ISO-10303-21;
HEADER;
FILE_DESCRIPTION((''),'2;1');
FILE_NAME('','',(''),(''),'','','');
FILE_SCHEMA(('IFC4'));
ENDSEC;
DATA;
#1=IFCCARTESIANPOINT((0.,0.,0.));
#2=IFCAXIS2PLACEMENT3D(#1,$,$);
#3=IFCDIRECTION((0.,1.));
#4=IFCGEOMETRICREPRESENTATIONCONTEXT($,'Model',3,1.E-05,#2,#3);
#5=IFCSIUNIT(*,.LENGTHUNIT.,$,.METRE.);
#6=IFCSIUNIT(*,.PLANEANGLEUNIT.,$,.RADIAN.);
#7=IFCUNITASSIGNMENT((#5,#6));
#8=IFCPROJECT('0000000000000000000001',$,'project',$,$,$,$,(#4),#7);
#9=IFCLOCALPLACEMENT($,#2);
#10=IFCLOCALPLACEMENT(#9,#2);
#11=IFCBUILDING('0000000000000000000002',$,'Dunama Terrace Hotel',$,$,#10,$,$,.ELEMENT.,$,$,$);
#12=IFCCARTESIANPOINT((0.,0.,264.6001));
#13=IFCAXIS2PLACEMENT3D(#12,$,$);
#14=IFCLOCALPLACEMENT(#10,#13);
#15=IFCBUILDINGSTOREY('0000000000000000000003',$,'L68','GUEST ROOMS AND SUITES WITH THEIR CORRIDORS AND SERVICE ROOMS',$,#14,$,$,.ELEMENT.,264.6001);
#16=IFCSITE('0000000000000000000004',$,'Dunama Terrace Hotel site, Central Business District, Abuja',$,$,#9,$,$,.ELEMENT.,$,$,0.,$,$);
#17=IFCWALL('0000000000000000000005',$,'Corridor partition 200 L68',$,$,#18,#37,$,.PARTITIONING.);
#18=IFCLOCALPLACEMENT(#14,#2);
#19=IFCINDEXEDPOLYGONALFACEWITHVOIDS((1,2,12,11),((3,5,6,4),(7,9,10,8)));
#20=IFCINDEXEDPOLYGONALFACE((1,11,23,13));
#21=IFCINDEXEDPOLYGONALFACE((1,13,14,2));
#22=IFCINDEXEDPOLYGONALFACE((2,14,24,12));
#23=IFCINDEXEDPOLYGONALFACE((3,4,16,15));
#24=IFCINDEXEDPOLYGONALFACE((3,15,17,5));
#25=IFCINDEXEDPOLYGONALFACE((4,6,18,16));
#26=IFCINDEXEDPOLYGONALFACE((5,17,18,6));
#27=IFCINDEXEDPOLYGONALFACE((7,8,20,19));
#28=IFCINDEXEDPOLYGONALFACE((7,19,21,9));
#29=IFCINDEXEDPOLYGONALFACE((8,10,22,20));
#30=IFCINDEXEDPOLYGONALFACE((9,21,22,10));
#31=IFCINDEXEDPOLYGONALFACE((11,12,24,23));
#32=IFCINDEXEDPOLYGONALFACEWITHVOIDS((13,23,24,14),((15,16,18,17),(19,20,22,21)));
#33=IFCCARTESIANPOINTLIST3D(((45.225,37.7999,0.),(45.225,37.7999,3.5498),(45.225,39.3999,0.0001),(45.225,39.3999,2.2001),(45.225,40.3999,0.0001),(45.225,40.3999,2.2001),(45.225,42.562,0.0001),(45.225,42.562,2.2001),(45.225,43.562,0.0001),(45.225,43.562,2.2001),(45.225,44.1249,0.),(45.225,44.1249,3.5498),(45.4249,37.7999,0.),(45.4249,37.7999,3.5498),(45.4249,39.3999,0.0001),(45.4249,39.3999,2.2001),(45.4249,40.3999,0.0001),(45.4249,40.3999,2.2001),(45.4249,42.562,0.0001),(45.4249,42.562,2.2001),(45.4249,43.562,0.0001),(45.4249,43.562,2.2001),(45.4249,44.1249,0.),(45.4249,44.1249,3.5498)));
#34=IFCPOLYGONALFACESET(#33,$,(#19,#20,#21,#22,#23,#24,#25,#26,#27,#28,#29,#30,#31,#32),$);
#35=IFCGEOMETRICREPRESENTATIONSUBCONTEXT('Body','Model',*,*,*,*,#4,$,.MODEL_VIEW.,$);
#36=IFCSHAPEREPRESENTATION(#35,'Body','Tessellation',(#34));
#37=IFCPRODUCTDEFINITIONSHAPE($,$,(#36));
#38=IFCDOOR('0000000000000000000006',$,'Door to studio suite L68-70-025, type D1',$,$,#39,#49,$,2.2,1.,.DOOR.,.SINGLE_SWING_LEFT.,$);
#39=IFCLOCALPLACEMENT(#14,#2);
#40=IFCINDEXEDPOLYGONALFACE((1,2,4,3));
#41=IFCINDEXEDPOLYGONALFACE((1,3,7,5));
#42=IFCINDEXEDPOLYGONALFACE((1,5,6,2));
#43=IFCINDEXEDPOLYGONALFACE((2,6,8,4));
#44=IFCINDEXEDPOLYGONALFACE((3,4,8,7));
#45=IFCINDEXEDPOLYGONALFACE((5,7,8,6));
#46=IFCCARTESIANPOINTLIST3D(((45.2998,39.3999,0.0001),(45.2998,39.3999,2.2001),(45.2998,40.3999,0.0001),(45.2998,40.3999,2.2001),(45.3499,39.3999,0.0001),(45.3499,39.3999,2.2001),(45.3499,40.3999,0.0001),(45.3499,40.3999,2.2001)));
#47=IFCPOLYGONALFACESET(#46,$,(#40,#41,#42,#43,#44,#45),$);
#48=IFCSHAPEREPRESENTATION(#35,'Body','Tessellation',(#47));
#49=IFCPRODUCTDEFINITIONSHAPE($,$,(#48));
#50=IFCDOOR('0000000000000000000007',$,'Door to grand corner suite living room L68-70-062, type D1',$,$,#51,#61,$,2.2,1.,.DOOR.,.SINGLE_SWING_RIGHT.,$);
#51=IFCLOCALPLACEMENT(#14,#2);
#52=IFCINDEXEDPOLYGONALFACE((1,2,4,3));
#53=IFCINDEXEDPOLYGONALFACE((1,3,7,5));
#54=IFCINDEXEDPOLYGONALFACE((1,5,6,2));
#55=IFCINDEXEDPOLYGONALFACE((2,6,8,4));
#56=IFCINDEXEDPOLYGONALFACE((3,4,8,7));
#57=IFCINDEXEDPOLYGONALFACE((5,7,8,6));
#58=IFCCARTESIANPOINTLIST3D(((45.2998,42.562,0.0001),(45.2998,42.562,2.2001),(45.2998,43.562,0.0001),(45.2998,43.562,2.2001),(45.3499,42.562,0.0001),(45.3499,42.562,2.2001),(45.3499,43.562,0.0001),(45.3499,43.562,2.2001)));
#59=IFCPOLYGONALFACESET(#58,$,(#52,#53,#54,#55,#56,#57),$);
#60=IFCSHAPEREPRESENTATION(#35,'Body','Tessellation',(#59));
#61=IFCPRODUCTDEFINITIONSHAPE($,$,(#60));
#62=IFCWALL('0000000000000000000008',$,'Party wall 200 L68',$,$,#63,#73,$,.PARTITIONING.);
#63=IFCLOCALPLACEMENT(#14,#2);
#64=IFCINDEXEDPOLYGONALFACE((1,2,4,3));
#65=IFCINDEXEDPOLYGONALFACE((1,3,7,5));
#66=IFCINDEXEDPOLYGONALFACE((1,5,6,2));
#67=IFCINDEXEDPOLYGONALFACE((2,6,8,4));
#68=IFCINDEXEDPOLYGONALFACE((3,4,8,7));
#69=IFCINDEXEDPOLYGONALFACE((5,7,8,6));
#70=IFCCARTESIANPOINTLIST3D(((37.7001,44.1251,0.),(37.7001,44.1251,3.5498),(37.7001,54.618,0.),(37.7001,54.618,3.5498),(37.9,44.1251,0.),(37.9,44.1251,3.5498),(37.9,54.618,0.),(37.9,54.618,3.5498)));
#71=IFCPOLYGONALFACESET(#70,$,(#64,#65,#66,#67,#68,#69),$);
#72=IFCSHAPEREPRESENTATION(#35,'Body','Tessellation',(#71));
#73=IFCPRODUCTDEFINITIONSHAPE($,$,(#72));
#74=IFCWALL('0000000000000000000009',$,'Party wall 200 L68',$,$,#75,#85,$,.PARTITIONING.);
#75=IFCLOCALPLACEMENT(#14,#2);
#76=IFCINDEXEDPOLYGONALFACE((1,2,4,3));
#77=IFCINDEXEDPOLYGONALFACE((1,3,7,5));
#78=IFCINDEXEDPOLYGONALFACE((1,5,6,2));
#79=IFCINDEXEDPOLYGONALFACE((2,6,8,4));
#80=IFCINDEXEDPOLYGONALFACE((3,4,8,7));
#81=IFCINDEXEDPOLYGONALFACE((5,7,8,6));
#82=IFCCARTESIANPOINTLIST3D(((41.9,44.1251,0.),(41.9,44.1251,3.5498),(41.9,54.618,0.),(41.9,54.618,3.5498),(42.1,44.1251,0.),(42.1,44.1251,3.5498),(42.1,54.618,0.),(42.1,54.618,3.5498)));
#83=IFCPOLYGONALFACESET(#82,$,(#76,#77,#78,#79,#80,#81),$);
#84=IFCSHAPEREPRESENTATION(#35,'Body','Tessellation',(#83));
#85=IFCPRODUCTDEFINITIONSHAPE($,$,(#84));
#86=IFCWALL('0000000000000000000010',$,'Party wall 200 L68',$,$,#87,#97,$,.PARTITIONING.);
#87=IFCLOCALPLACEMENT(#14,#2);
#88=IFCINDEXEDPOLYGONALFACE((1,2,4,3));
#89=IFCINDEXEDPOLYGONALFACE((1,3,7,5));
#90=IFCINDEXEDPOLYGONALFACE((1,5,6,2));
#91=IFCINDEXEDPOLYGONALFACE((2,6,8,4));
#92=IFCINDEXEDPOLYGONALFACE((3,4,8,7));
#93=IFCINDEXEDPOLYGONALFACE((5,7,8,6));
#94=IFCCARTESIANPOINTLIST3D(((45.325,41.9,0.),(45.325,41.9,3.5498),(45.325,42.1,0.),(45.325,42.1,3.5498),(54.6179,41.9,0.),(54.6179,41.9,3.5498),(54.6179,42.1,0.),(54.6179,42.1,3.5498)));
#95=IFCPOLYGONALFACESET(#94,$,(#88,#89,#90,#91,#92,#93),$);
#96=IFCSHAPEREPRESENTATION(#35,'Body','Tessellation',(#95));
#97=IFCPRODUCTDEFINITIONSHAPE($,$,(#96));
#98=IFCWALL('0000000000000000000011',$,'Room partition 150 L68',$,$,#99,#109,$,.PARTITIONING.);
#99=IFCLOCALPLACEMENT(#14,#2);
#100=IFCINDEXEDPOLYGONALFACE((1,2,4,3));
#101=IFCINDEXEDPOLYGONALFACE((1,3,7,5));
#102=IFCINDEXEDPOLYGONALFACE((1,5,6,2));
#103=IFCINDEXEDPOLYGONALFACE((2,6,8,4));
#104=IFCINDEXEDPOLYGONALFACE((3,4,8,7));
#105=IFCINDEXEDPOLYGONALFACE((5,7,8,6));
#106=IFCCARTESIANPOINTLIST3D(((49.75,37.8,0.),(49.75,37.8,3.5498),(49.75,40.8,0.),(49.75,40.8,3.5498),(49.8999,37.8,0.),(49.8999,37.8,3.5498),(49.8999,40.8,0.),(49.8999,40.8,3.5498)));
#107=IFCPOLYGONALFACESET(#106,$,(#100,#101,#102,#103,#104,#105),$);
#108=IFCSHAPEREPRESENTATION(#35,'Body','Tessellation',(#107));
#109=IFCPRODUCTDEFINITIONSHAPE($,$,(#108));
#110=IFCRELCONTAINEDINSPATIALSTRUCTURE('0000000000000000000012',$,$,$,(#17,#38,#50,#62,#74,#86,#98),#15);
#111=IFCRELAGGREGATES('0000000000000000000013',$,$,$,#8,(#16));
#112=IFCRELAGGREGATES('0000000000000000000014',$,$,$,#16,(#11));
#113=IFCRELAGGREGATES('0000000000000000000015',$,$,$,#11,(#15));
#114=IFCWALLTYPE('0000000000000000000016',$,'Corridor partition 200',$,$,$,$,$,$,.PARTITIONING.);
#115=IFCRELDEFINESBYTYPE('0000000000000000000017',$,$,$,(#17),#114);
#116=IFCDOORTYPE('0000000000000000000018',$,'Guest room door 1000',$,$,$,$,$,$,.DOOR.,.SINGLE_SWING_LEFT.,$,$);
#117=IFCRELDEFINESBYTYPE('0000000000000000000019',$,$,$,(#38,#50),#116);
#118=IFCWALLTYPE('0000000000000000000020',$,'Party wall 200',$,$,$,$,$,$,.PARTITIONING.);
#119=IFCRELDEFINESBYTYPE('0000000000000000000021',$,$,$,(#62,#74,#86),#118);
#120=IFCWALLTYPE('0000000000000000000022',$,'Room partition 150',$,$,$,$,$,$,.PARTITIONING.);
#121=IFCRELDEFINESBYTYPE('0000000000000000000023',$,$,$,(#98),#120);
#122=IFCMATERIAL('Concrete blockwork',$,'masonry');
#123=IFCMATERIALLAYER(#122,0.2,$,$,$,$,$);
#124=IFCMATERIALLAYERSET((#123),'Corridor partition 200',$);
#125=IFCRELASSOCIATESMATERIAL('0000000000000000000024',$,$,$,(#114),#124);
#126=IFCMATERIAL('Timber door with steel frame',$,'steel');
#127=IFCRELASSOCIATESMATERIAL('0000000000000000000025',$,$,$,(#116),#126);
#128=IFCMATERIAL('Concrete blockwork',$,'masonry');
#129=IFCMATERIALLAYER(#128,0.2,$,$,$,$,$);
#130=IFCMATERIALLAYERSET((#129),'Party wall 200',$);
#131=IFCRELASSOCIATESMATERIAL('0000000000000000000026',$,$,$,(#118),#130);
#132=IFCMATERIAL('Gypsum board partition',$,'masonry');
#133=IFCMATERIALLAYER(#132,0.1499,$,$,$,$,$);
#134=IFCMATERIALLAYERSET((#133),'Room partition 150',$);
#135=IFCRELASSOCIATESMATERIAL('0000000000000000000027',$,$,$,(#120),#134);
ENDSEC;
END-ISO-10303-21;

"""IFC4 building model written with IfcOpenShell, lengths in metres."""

from ifc_helpers import new_model, si_unit, direction, frame, frame_2d, origin, place, context, subcontext, project, spatial, rectangle, extrude, material, layer, layer_set, type_object, element, fill, save


model = new_model("IFC4")

# Units and contexts
model_context = context("Model", 3, precision=1e-05, world=origin(), true_north=direction((0.0, 1.0)))
body_context = subcontext(model_context, "Body", "Model", "MODEL_VIEW")
ifc_project = project(units=[si_unit("LENGTHUNIT", "METRE"), si_unit("PLANEANGLEUNIT", "RADIAN")], contexts=[model_context])

# Site, building, storey
site_placement = place(None, origin())
site = spatial("IfcSite", under=ifc_project, at=site_placement, Name="Dunama Terrace Hotel site, Central Business District, Abuja", CompositionType="ELEMENT", RefElevation=0.0)
building_placement = place(site_placement, origin())
building = spatial("IfcBuilding", under=site, at=building_placement, Name="Dunama Terrace Hotel", CompositionType="ELEMENT")
storey_placement = place(building_placement, frame((0.0, 0.0, 264.6001)))
storey = spatial("IfcBuildingStorey", under=building, at=storey_placement, Name="L68", Description="GUEST ROOMS AND SUITES WITH THEIR CORRIDORS AND SERVICE ROOMS", CompositionType="ELEMENT", Elevation=264.6001)

# Wall, openings, doors
ifc_material_1 = material(Name="Concrete blockwork", Category="masonry")
ifc_layer_1 = layer(ifc_material_1, 0.2)
ifc_layer_set_1 = layer_set([ifc_layer_1], Name="Corridor partition 200")
wall_type_1 = type_object("IfcWallType", Name="Corridor partition 200", PredefinedType="PARTITIONING", material=ifc_layer_set_1)
wall_1_placement = place(storey_placement, frame((45.325, 44.125, 0.0), z_axis=(0.0, 0.0, 1.0), x_axis=(0.0, -1.0, 0.0)))
wall_1 = element("IfcWall", 1, at=wall_1_placement, inside=storey, type_object=wall_type_1, Name="Corridor partition 200 L68", PredefinedType="PARTITIONING", context=body_context, shape_type="SweptSolid", body=[
    extrude(rectangle(XDim=6.325, YDim=0.2, at=frame_2d((3.1626, 0.0))), origin(), (0.0, 0.0, 1.0), 3.5498),
])
opening_1_placement = place(wall_1_placement, frame((3.7251, 0.0, 0.0)))
opening_1 = element("IfcOpeningElement", 2, at=opening_1_placement, cuts=wall_1, PredefinedType="OPENING", context=body_context, shape_type="SweptSolid", body=[
    extrude(rectangle(XDim=1.0, YDim=2.2, at=frame_2d((0.5, 1.1001))), frame((0.0, 0.1099, 0.0), z_axis=(0.0, -1.0, 0.0), x_axis=(1.0, 0.0, 0.0)), (0.0, 0.0, 1.0), 0.22),
])
opening_2_placement = place(wall_1_placement, frame((0.563, 0.0, 0.0)))
opening_2 = element("IfcOpeningElement", 3, at=opening_2_placement, cuts=wall_1, PredefinedType="OPENING", context=body_context, shape_type="SweptSolid", body=[
    extrude(rectangle(XDim=1.0, YDim=2.2, at=frame_2d((0.5, 1.1001))), frame((0.0, 0.1099, 0.0), z_axis=(0.0, -1.0, 0.0), x_axis=(1.0, 0.0, 0.0)), (0.0, 0.0, 1.0), 0.22),
])
ifc_material_2 = material(Name="Timber door with steel frame", Category="steel")
door_type_1 = type_object("IfcDoorType", Name="Guest room door 1000", OperationType="SINGLE_SWING_LEFT", PredefinedType="DOOR", material=ifc_material_2)
door_1_placement = place(opening_1_placement, origin())
door_1 = element("IfcDoor", 4, at=door_1_placement, inside=storey, type_object=door_type_1, Name="Door to studio suite L68-70-025, type D1", OperationType="SINGLE_SWING_LEFT", OverallHeight=2.2, OverallWidth=1.0, PredefinedType="DOOR", context=body_context, shape_type="SweptSolid", body=[
    extrude(rectangle(XDim=1.0, YDim=2.2, at=frame_2d((0.5, 1.1001))), frame((0.0, 0.0249, 0.0), z_axis=(0.0, -1.0, 0.0), x_axis=(1.0, 0.0, 0.0)), (0.0, 0.0, 1.0), 0.05),
])
fill(opening_1, door_1)
door_2_placement = place(opening_2_placement, origin())
door_2 = element("IfcDoor", 5, at=door_2_placement, inside=storey, type_object=door_type_1, Name="Door to grand corner suite living room L68-70-062, type D1", OperationType="SINGLE_SWING_RIGHT", OverallHeight=2.2, OverallWidth=1.0, PredefinedType="DOOR", context=body_context, shape_type="SweptSolid", body=[
    extrude(rectangle(XDim=1.0, YDim=2.2, at=frame_2d((0.5, 1.1001))), frame((0.0, 0.0249, 0.0), z_axis=(0.0, -1.0, 0.0), x_axis=(1.0, 0.0, 0.0)), (0.0, 0.0, 1.0), 0.05),
])
fill(opening_2, door_2)

# Walls
ifc_material_3 = material(Name="Concrete blockwork", Category="masonry")
ifc_layer_2 = layer(ifc_material_3, 0.2)
ifc_layer_set_2 = layer_set([ifc_layer_2], Name="Party wall 200")
wall_type_2 = type_object("IfcWallType", Name="Party wall 200", PredefinedType="PARTITIONING", material=ifc_layer_set_2)
for number, where, z_axis, x_axis, name in (
    (6, (37.8, 44.125, 0.0), (0.0, 0.0, 1.0), (0.0, 1.0, 0.0), "Party wall 200 L68"),
    (7, (42.0, 44.125, 0.0), (0.0, 0.0, 1.0), (0.0, 1.0, 0.0), "Party wall 200 L68"),
):
    element("IfcWall", number, at=place(storey_placement, frame(where, z_axis=z_axis, x_axis=x_axis)), inside=storey, type_object=wall_type_2, Name=name, PredefinedType="PARTITIONING", context=body_context, shape_type="SweptSolid", body=[
        extrude(rectangle(XDim=10.4929, YDim=0.2, at=frame_2d((5.2466, 0.0))), origin(), (0.0, 0.0, 1.0), 3.5498),
    ])
wall_2_placement = place(storey_placement, frame((45.325, 42.0, 0.0), z_axis=(0.0, 0.0, 1.0), x_axis=(1.0, 0.0, 0.0)))
element("IfcWall", 8, at=wall_2_placement, inside=storey, type_object=wall_type_2, Name="Party wall 200 L68", PredefinedType="PARTITIONING", context=body_context, shape_type="SweptSolid", body=[
    extrude(rectangle(XDim=9.293, YDim=0.2, at=frame_2d((4.6465, 0.0))), origin(), (0.0, 0.0, 1.0), 3.5498),
])
ifc_material_4 = material(Name="Gypsum board partition", Category="masonry")
ifc_layer_3 = layer(ifc_material_4, 0.1499)
ifc_layer_set_3 = layer_set([ifc_layer_3], Name="Room partition 150")
wall_type_3 = type_object("IfcWallType", Name="Room partition 150", PredefinedType="PARTITIONING", material=ifc_layer_set_3)
wall_3_placement = place(storey_placement, frame((49.825, 37.8, 0.0), z_axis=(0.0, 0.0, 1.0), x_axis=(0.0, 1.0, 0.0)))
element("IfcWall", 9, at=wall_3_placement, inside=storey, type_object=wall_type_3, Name="Room partition 150 L68", PredefinedType="PARTITIONING", context=body_context, shape_type="SweptSolid", body=[
    extrude(rectangle(XDim=3.0, YDim=0.1499, at=frame_2d((1.5, 0.0))), origin(), (0.0, 0.0, 1.0), 3.5498),
])

save(model, "model.ifc")
